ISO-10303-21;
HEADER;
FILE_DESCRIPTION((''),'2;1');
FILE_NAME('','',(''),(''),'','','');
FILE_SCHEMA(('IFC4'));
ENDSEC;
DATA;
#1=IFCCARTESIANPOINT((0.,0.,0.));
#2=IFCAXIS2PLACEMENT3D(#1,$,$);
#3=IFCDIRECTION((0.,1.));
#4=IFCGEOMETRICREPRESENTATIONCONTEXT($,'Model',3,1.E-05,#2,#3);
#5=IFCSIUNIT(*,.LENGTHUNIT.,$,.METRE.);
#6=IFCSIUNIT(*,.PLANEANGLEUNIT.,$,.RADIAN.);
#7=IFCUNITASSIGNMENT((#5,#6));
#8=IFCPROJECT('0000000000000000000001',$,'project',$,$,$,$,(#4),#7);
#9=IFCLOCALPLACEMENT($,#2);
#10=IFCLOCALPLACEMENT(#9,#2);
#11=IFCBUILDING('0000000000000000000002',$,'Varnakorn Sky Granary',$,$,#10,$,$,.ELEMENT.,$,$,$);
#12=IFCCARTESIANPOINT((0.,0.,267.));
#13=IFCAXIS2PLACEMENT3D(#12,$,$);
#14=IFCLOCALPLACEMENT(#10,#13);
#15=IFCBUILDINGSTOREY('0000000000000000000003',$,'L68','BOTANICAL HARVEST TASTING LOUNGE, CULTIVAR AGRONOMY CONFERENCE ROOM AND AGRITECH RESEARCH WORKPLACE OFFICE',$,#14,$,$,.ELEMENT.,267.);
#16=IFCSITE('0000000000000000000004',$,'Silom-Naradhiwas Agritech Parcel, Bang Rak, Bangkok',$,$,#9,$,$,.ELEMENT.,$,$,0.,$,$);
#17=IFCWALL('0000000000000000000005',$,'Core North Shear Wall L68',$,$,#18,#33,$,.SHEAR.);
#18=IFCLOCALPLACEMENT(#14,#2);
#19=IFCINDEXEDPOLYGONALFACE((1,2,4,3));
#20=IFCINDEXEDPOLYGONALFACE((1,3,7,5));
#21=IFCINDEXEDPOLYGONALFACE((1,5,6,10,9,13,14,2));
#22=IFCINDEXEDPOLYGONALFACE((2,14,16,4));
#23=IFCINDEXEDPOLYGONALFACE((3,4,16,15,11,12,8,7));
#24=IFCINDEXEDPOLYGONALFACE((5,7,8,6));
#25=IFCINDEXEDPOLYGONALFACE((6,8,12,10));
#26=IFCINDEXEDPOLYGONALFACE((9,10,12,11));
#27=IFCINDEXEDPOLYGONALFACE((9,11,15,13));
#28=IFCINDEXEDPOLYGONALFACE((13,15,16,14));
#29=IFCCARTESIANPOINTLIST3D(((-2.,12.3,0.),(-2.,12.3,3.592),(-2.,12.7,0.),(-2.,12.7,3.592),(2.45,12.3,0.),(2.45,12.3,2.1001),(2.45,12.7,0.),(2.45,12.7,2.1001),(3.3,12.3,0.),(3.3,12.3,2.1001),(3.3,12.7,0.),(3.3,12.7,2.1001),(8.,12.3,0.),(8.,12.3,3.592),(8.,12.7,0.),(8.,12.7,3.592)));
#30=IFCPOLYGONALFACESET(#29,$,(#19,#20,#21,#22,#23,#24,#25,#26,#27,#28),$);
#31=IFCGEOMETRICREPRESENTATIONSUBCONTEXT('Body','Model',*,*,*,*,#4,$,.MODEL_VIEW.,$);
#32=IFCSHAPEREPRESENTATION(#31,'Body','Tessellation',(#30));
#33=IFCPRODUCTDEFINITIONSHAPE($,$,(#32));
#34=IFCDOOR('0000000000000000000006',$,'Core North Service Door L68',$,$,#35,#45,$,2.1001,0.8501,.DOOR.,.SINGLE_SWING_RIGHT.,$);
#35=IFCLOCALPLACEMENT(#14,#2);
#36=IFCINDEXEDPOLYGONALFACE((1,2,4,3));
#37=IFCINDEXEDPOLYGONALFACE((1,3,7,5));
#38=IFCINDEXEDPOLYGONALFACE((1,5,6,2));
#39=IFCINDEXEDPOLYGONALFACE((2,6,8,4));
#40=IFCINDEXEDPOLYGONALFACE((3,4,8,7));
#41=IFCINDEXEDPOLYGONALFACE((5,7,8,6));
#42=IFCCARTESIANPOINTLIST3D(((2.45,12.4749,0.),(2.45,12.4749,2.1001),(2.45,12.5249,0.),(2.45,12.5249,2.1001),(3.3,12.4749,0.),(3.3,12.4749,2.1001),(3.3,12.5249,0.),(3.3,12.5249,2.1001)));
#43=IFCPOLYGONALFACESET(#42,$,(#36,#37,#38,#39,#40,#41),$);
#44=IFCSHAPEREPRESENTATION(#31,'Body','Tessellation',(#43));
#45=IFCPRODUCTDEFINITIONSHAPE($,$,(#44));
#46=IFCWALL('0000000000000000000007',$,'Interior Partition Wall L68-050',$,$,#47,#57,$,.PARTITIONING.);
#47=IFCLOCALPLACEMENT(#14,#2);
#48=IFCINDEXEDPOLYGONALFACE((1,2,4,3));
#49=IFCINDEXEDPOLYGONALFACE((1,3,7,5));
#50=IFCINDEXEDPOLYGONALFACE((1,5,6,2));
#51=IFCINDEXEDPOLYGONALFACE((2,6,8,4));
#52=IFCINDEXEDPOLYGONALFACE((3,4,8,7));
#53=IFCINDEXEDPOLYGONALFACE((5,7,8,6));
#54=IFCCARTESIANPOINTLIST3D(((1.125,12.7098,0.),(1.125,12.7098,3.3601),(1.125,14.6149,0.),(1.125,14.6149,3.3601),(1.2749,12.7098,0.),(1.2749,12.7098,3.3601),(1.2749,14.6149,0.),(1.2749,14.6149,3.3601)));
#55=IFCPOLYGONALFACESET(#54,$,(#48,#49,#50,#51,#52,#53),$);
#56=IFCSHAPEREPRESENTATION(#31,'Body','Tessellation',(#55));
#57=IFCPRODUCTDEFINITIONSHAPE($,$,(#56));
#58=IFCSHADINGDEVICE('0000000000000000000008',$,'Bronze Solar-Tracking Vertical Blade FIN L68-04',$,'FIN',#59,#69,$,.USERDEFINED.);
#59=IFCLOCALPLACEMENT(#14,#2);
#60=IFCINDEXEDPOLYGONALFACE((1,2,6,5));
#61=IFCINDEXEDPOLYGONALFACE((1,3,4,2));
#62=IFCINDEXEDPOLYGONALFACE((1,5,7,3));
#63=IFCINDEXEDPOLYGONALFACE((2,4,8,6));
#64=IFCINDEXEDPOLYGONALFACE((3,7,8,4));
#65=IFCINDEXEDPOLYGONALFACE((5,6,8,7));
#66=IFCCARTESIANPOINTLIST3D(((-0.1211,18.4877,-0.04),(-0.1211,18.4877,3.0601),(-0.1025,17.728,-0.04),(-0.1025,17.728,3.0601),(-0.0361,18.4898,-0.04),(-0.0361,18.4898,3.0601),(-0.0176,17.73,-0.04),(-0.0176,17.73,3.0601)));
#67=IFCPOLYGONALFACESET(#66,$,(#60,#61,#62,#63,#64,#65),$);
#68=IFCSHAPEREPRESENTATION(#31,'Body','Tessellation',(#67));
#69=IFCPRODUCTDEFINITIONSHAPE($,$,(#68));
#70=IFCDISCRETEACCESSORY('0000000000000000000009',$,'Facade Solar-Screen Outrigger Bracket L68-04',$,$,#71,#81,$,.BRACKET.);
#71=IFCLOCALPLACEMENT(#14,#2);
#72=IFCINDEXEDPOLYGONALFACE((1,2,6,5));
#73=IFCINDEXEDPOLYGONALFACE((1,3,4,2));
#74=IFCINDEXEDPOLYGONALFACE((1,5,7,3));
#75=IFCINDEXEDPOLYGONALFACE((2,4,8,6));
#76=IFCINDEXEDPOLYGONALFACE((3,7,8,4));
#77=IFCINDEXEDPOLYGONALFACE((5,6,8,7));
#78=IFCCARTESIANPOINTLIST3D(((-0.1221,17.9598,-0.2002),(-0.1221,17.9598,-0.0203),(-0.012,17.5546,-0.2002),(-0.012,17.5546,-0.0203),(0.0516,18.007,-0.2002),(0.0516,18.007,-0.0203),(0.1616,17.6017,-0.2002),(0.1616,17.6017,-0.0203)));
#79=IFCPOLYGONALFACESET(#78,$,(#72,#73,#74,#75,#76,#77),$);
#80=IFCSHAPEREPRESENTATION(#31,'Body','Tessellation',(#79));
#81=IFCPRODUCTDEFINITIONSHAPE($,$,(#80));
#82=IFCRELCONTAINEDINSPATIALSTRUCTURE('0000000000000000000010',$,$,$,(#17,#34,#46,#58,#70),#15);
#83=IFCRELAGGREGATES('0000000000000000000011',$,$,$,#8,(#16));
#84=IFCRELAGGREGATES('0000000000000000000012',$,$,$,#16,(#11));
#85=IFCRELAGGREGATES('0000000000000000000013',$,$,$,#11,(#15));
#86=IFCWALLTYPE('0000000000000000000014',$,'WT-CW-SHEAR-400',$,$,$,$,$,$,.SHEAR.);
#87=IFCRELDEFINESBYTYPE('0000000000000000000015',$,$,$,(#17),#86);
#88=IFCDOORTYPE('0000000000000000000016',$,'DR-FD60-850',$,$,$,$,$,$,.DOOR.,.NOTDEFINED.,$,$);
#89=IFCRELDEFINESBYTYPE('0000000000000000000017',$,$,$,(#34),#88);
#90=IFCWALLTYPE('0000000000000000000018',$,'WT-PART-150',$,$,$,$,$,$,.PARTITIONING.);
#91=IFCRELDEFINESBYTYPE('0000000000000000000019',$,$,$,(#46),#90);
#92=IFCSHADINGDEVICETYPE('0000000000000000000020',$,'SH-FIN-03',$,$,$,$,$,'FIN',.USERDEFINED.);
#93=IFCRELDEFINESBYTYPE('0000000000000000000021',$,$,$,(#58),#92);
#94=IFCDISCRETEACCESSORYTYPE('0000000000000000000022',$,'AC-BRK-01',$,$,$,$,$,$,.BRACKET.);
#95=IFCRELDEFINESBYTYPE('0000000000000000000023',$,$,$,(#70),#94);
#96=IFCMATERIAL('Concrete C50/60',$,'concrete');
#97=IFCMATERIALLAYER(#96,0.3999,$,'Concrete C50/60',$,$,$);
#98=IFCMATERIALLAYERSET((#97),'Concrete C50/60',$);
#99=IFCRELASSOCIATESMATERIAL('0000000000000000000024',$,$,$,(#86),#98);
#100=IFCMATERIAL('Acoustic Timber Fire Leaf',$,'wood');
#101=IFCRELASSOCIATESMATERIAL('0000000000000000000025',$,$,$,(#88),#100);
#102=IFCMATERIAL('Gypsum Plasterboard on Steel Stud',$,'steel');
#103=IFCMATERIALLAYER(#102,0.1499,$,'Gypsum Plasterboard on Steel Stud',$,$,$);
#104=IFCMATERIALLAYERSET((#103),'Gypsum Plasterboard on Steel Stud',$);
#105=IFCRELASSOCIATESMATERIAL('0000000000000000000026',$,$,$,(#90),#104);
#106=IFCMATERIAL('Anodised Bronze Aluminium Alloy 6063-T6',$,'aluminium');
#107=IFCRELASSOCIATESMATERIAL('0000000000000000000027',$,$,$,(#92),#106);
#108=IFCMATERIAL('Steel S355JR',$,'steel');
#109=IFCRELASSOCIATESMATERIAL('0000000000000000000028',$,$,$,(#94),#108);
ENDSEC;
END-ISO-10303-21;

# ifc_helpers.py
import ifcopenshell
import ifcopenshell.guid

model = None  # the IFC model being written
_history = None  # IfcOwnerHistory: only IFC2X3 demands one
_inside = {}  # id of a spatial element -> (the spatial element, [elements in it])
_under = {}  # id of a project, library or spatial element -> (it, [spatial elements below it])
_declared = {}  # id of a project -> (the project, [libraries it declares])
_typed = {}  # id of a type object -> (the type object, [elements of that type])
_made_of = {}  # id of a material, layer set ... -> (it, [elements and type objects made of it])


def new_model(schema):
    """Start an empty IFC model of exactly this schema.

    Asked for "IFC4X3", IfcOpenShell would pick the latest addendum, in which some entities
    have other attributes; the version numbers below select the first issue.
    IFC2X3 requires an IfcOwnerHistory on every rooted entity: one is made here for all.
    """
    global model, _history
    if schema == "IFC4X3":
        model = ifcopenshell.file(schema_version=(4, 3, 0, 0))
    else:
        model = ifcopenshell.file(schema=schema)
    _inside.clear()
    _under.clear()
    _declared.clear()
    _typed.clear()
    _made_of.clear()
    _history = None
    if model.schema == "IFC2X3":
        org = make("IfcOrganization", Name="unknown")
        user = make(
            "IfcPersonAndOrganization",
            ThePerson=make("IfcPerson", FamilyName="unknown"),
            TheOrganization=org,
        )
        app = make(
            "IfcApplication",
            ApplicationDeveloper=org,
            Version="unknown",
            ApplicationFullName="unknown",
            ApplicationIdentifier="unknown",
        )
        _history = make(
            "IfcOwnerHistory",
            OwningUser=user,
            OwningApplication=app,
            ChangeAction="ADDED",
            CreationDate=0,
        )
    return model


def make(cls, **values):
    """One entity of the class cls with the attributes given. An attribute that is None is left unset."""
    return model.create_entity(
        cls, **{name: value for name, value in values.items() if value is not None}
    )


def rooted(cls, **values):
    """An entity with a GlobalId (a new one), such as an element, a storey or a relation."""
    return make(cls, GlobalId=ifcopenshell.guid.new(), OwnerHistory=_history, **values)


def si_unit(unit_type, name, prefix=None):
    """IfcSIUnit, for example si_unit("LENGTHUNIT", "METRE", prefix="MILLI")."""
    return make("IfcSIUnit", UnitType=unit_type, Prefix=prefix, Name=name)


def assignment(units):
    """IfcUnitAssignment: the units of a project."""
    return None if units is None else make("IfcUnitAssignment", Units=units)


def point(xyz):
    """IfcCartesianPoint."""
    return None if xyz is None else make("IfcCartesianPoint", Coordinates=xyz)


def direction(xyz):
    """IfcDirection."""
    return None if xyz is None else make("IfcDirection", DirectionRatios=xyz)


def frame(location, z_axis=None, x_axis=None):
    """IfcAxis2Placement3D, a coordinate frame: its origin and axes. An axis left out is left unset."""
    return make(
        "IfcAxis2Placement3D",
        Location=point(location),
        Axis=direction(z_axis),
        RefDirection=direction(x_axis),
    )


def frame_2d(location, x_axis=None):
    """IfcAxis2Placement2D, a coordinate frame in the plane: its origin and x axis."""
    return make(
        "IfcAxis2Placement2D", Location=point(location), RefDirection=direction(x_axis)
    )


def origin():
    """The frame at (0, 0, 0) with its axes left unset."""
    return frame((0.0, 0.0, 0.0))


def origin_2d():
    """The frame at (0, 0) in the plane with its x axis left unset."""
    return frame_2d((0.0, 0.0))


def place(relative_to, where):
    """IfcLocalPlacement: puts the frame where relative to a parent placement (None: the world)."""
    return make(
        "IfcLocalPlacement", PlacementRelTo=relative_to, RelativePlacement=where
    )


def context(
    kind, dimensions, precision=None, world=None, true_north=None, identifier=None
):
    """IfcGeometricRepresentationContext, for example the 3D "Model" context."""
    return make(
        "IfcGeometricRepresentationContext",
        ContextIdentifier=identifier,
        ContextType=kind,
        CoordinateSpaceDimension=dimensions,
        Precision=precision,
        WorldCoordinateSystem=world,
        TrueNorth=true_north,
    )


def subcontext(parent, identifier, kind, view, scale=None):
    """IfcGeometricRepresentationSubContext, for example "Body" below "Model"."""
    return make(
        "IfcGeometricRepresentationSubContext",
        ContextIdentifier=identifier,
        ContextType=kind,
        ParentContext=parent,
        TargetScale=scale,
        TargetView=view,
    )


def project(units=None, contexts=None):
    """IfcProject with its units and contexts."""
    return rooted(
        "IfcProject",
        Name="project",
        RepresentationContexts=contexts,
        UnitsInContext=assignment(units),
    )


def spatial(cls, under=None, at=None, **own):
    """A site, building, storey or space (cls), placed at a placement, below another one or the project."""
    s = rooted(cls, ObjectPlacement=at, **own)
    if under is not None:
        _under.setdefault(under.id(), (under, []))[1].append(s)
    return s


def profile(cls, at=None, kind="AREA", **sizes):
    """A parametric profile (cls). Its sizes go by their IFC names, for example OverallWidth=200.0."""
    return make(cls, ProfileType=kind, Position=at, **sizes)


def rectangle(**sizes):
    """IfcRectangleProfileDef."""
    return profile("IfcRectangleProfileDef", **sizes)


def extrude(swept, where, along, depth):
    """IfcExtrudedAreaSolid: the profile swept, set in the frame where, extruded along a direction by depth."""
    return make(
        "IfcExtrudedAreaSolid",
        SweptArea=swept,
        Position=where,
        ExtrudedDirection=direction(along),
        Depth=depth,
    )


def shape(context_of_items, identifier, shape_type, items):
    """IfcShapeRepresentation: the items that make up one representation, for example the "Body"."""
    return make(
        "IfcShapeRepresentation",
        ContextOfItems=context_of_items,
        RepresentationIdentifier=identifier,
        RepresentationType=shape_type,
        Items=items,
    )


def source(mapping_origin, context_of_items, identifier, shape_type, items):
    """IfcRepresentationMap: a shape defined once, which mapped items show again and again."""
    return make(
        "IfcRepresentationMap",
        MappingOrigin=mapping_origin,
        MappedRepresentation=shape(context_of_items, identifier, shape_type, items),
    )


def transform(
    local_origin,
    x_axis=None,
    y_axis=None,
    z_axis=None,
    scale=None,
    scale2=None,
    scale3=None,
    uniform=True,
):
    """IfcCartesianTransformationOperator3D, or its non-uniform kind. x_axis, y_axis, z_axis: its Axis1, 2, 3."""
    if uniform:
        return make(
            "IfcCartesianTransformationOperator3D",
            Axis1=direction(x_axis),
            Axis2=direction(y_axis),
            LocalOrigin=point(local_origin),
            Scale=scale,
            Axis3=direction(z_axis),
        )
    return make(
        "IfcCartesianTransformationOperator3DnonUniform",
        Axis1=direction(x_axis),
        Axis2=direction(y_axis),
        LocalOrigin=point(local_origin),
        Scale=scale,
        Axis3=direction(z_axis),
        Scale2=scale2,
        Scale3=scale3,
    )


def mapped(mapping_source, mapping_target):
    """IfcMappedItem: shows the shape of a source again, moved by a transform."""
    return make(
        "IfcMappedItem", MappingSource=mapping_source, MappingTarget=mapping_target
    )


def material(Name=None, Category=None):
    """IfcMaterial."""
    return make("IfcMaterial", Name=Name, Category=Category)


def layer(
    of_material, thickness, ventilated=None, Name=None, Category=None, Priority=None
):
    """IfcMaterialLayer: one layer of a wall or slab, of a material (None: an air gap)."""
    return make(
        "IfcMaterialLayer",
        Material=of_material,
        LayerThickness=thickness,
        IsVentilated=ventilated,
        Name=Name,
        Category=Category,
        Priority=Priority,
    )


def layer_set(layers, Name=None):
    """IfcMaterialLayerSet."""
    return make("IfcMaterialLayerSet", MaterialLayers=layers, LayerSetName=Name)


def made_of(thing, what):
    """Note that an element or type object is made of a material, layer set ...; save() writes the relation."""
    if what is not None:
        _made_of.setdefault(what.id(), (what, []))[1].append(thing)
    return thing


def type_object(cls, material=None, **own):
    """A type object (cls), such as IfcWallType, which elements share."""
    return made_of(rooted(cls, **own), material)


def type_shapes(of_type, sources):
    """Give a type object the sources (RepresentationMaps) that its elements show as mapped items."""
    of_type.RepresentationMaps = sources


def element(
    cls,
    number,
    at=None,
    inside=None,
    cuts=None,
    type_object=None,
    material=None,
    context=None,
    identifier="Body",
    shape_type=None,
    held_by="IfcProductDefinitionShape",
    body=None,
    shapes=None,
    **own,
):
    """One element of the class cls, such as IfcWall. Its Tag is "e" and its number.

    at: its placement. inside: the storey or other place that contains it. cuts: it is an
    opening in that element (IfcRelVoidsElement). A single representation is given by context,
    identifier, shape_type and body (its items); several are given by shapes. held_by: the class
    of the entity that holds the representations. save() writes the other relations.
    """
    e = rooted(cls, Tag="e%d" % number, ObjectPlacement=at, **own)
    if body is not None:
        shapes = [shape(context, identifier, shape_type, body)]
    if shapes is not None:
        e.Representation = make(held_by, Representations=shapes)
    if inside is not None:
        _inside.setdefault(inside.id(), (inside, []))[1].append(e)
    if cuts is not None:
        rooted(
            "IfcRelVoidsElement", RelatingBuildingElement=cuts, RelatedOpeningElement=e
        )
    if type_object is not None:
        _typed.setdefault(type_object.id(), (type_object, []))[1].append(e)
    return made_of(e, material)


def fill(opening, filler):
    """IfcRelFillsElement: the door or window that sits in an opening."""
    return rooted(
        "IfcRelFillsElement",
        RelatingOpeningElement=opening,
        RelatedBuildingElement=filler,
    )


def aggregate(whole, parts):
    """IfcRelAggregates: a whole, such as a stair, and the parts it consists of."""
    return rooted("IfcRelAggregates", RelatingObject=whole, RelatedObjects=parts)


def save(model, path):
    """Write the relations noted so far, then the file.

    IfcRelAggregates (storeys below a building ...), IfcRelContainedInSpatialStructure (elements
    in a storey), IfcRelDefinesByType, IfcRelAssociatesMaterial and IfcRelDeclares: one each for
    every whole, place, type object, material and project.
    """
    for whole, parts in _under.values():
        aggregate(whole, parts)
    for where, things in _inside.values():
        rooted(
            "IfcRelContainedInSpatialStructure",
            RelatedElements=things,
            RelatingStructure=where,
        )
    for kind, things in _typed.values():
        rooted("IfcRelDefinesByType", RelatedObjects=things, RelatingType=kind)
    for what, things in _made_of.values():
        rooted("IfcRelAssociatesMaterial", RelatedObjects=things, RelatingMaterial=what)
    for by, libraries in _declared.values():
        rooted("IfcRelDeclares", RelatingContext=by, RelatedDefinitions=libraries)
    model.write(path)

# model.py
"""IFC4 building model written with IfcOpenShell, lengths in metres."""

from ifc_helpers import new_model, si_unit, direction, frame, frame_2d, origin, origin_2d, place, context, subcontext, project, spatial, rectangle, extrude, source, transform, mapped, material, layer, layer_set, type_object, type_shapes, element, fill, save


model = new_model("IFC4")

# Units and contexts
model_context = context("Model", 3, precision=1e-05, world=origin(), true_north=direction((0.0, 1.0)))
body_context = subcontext(model_context, "Body", "Model", "MODEL_VIEW")
ifc_project = project(units=[si_unit("LENGTHUNIT", "METRE"), si_unit("PLANEANGLEUNIT", "RADIAN")], contexts=[model_context])

# Site, building, storey
site_placement = place(None, origin())
site = spatial("IfcSite", under=ifc_project, at=site_placement, Name="Silom-Naradhiwas Agritech Parcel, Bang Rak, Bangkok", CompositionType="ELEMENT", RefElevation=0.0)
building_placement = place(site_placement, origin())
building = spatial("IfcBuilding", under=site, at=building_placement, Name="Varnakorn Sky Granary", CompositionType="ELEMENT")
storey_placement = place(building_placement, frame((0.0, 0.0, 267.0)))
storey = spatial("IfcBuildingStorey", under=building, at=storey_placement, Name="L68", Description="BOTANICAL HARVEST TASTING LOUNGE, CULTIVAR AGRONOMY CONFERENCE ROOM AND AGRITECH RESEARCH WORKPLACE OFFICE", CompositionType="ELEMENT", Elevation=267.0)

# Shared definitions
ifc_material_1 = material(Name="Concrete C50/60", Category="concrete")

# Shared definitions
ifc_material_2 = material(Name="Steel S355JR", Category="steel")

# Shared definitions
ifc_material_3 = material(Name="Anodised Bronze Aluminium Alloy 6063-T6", Category="aluminium")

# Wall, opening, door
ifc_layer_1 = layer(ifc_material_1, 0.3999, Name="Concrete C50/60")
ifc_layer_set_1 = layer_set([ifc_layer_1], Name="Concrete C50/60")
wall_type_1 = type_object("IfcWallType", Name="WT-CW-SHEAR-400", PredefinedType="SHEAR", material=ifc_layer_set_1)
wall_1_placement = place(storey_placement, frame((-2.0, 12.5, 0.0), z_axis=(0.0, 0.0, 1.0), x_axis=(1.0, 0.0, 0.0)))
wall_1 = element("IfcWall", 1, at=wall_1_placement, inside=storey, type_object=wall_type_1, Name="Core North Shear Wall L68", PredefinedType="SHEAR", context=body_context, shape_type="SweptSolid", body=[
    extrude(rectangle(XDim=10.0, YDim=0.3999, at=frame_2d((5.0, 0.0))), origin(), (0.0, 0.0, 1.0), 3.592),
])
opening_placement = place(wall_1_placement, frame((4.45, 0.0, 0.0)))
opening = element("IfcOpeningElement", 2, at=opening_placement, cuts=wall_1, PredefinedType="OPENING", context=body_context, shape_type="SweptSolid", body=[
    extrude(rectangle(XDim=0.8501, YDim=2.1001, at=frame_2d((0.425, 1.05))), frame((0.0, 0.21, 0.0), z_axis=(0.0, -1.0, 0.0), x_axis=(1.0, 0.0, 0.0)), (0.0, 0.0, 1.0), 0.4199),
])
ifc_material_4 = material(Name="Acoustic Timber Fire Leaf", Category="wood")
door_type = type_object("IfcDoorType", Name="DR-FD60-850", OperationType="NOTDEFINED", PredefinedType="DOOR", material=ifc_material_4)
door_placement = place(opening_placement, origin())
door = element("IfcDoor", 3, at=door_placement, inside=storey, type_object=door_type, Name="Core North Service Door L68", OperationType="SINGLE_SWING_RIGHT", OverallHeight=2.1001, OverallWidth=0.8501, PredefinedType="DOOR", context=body_context, shape_type="SweptSolid", body=[
    extrude(rectangle(XDim=0.8501, YDim=2.1001, at=frame_2d((0.425, 1.05))), frame((0.0, 0.0249, 0.0), z_axis=(0.0, -1.0, 0.0), x_axis=(1.0, 0.0, 0.0)), (0.0, 0.0, 1.0), 0.05),
])
fill(opening, door)

# Wall
ifc_material_5 = material(Name="Gypsum Plasterboard on Steel Stud", Category="steel")
ifc_layer_2 = layer(ifc_material_5, 0.1499, Name="Gypsum Plasterboard on Steel Stud")
ifc_layer_set_2 = layer_set([ifc_layer_2], Name="Gypsum Plasterboard on Steel Stud")
wall_type_2 = type_object("IfcWallType", Name="WT-PART-150", PredefinedType="PARTITIONING", material=ifc_layer_set_2)
wall_2_placement = place(storey_placement, frame((1.2, 14.615, 0.0), z_axis=(0.0, 0.0, 1.0), x_axis=(0.0, -1.0, 0.0)))
element("IfcWall", 4, at=wall_2_placement, inside=storey, type_object=wall_type_2, Name="Interior Partition Wall L68-050", PredefinedType="PARTITIONING", context=body_context, shape_type="SweptSolid", body=[
    extrude(rectangle(XDim=1.905, YDim=0.1499, at=frame_2d((0.9526, 0.0))), origin(), (0.0, 0.0, 1.0), 3.3601),
])

# Shading device
shading_device_type = type_object("IfcShadingDeviceType", Name="SH-FIN-03", ElementType="FIN", PredefinedType="USERDEFINED", material=ifc_material_3)
shared_shape_1 = source(origin(), body_context, "Body", "SweptSolid", [
    extrude(rectangle(XDim=0.085, YDim=0.76, at=origin_2d()), origin(), (0.0, 0.0, 1.0), 3.1001),
])
type_shapes(shading_device_type, [shared_shape_1])
shading_device_placement = place(storey_placement, frame((-0.0693, 18.1089, -0.04), z_axis=(0.0, 0.0, 1.0), x_axis=(-0.999703, -0.024385, 0.0)))
element("IfcShadingDevice", 5, at=shading_device_placement, inside=storey, type_object=shading_device_type, Name="Bronze Solar-Tracking Vertical Blade FIN L68-04", ObjectType="FIN", PredefinedType="USERDEFINED", context=body_context, shape_type="MappedRepresentation", body=[
    mapped(shared_shape_1, transform((0.0, 0.0, 0.0), x_axis=(1.0, 0.0, 0.0), y_axis=(0.0, 1.0, 0.0), z_axis=(0.0, 0.0, 1.0), scale=1.0)),
])

# Discrete accessory
discrete_accessory_type = type_object("IfcDiscreteAccessoryType", Name="AC-BRK-01", PredefinedType="BRACKET", material=ifc_material_2)
shared_shape_2 = source(origin(), body_context, "Body", "SweptSolid", [
    extrude(rectangle(XDim=0.1799, YDim=0.4199, at=origin_2d()), origin(), (0.0, 0.0, 1.0), 0.1799),
])
type_shapes(discrete_accessory_type, [shared_shape_2])
discrete_accessory_placement = place(storey_placement, frame((0.0198, 17.7808, -0.2002), z_axis=(0.0, 0.0, 1.0), x_axis=(-0.965025, -0.262156, 0.0)))
element("IfcDiscreteAccessory", 6, at=discrete_accessory_placement, inside=storey, type_object=discrete_accessory_type, Name="Facade Solar-Screen Outrigger Bracket L68-04", PredefinedType="BRACKET", context=body_context, shape_type="MappedRepresentation", body=[
    mapped(shared_shape_2, transform((0.0, 0.0, 0.0), x_axis=(1.0, 0.0, 0.0), y_axis=(0.0, 1.0, 0.0), z_axis=(0.0, 0.0, 1.0), scale=1.0)),
])

save(model, "model.ifc")
